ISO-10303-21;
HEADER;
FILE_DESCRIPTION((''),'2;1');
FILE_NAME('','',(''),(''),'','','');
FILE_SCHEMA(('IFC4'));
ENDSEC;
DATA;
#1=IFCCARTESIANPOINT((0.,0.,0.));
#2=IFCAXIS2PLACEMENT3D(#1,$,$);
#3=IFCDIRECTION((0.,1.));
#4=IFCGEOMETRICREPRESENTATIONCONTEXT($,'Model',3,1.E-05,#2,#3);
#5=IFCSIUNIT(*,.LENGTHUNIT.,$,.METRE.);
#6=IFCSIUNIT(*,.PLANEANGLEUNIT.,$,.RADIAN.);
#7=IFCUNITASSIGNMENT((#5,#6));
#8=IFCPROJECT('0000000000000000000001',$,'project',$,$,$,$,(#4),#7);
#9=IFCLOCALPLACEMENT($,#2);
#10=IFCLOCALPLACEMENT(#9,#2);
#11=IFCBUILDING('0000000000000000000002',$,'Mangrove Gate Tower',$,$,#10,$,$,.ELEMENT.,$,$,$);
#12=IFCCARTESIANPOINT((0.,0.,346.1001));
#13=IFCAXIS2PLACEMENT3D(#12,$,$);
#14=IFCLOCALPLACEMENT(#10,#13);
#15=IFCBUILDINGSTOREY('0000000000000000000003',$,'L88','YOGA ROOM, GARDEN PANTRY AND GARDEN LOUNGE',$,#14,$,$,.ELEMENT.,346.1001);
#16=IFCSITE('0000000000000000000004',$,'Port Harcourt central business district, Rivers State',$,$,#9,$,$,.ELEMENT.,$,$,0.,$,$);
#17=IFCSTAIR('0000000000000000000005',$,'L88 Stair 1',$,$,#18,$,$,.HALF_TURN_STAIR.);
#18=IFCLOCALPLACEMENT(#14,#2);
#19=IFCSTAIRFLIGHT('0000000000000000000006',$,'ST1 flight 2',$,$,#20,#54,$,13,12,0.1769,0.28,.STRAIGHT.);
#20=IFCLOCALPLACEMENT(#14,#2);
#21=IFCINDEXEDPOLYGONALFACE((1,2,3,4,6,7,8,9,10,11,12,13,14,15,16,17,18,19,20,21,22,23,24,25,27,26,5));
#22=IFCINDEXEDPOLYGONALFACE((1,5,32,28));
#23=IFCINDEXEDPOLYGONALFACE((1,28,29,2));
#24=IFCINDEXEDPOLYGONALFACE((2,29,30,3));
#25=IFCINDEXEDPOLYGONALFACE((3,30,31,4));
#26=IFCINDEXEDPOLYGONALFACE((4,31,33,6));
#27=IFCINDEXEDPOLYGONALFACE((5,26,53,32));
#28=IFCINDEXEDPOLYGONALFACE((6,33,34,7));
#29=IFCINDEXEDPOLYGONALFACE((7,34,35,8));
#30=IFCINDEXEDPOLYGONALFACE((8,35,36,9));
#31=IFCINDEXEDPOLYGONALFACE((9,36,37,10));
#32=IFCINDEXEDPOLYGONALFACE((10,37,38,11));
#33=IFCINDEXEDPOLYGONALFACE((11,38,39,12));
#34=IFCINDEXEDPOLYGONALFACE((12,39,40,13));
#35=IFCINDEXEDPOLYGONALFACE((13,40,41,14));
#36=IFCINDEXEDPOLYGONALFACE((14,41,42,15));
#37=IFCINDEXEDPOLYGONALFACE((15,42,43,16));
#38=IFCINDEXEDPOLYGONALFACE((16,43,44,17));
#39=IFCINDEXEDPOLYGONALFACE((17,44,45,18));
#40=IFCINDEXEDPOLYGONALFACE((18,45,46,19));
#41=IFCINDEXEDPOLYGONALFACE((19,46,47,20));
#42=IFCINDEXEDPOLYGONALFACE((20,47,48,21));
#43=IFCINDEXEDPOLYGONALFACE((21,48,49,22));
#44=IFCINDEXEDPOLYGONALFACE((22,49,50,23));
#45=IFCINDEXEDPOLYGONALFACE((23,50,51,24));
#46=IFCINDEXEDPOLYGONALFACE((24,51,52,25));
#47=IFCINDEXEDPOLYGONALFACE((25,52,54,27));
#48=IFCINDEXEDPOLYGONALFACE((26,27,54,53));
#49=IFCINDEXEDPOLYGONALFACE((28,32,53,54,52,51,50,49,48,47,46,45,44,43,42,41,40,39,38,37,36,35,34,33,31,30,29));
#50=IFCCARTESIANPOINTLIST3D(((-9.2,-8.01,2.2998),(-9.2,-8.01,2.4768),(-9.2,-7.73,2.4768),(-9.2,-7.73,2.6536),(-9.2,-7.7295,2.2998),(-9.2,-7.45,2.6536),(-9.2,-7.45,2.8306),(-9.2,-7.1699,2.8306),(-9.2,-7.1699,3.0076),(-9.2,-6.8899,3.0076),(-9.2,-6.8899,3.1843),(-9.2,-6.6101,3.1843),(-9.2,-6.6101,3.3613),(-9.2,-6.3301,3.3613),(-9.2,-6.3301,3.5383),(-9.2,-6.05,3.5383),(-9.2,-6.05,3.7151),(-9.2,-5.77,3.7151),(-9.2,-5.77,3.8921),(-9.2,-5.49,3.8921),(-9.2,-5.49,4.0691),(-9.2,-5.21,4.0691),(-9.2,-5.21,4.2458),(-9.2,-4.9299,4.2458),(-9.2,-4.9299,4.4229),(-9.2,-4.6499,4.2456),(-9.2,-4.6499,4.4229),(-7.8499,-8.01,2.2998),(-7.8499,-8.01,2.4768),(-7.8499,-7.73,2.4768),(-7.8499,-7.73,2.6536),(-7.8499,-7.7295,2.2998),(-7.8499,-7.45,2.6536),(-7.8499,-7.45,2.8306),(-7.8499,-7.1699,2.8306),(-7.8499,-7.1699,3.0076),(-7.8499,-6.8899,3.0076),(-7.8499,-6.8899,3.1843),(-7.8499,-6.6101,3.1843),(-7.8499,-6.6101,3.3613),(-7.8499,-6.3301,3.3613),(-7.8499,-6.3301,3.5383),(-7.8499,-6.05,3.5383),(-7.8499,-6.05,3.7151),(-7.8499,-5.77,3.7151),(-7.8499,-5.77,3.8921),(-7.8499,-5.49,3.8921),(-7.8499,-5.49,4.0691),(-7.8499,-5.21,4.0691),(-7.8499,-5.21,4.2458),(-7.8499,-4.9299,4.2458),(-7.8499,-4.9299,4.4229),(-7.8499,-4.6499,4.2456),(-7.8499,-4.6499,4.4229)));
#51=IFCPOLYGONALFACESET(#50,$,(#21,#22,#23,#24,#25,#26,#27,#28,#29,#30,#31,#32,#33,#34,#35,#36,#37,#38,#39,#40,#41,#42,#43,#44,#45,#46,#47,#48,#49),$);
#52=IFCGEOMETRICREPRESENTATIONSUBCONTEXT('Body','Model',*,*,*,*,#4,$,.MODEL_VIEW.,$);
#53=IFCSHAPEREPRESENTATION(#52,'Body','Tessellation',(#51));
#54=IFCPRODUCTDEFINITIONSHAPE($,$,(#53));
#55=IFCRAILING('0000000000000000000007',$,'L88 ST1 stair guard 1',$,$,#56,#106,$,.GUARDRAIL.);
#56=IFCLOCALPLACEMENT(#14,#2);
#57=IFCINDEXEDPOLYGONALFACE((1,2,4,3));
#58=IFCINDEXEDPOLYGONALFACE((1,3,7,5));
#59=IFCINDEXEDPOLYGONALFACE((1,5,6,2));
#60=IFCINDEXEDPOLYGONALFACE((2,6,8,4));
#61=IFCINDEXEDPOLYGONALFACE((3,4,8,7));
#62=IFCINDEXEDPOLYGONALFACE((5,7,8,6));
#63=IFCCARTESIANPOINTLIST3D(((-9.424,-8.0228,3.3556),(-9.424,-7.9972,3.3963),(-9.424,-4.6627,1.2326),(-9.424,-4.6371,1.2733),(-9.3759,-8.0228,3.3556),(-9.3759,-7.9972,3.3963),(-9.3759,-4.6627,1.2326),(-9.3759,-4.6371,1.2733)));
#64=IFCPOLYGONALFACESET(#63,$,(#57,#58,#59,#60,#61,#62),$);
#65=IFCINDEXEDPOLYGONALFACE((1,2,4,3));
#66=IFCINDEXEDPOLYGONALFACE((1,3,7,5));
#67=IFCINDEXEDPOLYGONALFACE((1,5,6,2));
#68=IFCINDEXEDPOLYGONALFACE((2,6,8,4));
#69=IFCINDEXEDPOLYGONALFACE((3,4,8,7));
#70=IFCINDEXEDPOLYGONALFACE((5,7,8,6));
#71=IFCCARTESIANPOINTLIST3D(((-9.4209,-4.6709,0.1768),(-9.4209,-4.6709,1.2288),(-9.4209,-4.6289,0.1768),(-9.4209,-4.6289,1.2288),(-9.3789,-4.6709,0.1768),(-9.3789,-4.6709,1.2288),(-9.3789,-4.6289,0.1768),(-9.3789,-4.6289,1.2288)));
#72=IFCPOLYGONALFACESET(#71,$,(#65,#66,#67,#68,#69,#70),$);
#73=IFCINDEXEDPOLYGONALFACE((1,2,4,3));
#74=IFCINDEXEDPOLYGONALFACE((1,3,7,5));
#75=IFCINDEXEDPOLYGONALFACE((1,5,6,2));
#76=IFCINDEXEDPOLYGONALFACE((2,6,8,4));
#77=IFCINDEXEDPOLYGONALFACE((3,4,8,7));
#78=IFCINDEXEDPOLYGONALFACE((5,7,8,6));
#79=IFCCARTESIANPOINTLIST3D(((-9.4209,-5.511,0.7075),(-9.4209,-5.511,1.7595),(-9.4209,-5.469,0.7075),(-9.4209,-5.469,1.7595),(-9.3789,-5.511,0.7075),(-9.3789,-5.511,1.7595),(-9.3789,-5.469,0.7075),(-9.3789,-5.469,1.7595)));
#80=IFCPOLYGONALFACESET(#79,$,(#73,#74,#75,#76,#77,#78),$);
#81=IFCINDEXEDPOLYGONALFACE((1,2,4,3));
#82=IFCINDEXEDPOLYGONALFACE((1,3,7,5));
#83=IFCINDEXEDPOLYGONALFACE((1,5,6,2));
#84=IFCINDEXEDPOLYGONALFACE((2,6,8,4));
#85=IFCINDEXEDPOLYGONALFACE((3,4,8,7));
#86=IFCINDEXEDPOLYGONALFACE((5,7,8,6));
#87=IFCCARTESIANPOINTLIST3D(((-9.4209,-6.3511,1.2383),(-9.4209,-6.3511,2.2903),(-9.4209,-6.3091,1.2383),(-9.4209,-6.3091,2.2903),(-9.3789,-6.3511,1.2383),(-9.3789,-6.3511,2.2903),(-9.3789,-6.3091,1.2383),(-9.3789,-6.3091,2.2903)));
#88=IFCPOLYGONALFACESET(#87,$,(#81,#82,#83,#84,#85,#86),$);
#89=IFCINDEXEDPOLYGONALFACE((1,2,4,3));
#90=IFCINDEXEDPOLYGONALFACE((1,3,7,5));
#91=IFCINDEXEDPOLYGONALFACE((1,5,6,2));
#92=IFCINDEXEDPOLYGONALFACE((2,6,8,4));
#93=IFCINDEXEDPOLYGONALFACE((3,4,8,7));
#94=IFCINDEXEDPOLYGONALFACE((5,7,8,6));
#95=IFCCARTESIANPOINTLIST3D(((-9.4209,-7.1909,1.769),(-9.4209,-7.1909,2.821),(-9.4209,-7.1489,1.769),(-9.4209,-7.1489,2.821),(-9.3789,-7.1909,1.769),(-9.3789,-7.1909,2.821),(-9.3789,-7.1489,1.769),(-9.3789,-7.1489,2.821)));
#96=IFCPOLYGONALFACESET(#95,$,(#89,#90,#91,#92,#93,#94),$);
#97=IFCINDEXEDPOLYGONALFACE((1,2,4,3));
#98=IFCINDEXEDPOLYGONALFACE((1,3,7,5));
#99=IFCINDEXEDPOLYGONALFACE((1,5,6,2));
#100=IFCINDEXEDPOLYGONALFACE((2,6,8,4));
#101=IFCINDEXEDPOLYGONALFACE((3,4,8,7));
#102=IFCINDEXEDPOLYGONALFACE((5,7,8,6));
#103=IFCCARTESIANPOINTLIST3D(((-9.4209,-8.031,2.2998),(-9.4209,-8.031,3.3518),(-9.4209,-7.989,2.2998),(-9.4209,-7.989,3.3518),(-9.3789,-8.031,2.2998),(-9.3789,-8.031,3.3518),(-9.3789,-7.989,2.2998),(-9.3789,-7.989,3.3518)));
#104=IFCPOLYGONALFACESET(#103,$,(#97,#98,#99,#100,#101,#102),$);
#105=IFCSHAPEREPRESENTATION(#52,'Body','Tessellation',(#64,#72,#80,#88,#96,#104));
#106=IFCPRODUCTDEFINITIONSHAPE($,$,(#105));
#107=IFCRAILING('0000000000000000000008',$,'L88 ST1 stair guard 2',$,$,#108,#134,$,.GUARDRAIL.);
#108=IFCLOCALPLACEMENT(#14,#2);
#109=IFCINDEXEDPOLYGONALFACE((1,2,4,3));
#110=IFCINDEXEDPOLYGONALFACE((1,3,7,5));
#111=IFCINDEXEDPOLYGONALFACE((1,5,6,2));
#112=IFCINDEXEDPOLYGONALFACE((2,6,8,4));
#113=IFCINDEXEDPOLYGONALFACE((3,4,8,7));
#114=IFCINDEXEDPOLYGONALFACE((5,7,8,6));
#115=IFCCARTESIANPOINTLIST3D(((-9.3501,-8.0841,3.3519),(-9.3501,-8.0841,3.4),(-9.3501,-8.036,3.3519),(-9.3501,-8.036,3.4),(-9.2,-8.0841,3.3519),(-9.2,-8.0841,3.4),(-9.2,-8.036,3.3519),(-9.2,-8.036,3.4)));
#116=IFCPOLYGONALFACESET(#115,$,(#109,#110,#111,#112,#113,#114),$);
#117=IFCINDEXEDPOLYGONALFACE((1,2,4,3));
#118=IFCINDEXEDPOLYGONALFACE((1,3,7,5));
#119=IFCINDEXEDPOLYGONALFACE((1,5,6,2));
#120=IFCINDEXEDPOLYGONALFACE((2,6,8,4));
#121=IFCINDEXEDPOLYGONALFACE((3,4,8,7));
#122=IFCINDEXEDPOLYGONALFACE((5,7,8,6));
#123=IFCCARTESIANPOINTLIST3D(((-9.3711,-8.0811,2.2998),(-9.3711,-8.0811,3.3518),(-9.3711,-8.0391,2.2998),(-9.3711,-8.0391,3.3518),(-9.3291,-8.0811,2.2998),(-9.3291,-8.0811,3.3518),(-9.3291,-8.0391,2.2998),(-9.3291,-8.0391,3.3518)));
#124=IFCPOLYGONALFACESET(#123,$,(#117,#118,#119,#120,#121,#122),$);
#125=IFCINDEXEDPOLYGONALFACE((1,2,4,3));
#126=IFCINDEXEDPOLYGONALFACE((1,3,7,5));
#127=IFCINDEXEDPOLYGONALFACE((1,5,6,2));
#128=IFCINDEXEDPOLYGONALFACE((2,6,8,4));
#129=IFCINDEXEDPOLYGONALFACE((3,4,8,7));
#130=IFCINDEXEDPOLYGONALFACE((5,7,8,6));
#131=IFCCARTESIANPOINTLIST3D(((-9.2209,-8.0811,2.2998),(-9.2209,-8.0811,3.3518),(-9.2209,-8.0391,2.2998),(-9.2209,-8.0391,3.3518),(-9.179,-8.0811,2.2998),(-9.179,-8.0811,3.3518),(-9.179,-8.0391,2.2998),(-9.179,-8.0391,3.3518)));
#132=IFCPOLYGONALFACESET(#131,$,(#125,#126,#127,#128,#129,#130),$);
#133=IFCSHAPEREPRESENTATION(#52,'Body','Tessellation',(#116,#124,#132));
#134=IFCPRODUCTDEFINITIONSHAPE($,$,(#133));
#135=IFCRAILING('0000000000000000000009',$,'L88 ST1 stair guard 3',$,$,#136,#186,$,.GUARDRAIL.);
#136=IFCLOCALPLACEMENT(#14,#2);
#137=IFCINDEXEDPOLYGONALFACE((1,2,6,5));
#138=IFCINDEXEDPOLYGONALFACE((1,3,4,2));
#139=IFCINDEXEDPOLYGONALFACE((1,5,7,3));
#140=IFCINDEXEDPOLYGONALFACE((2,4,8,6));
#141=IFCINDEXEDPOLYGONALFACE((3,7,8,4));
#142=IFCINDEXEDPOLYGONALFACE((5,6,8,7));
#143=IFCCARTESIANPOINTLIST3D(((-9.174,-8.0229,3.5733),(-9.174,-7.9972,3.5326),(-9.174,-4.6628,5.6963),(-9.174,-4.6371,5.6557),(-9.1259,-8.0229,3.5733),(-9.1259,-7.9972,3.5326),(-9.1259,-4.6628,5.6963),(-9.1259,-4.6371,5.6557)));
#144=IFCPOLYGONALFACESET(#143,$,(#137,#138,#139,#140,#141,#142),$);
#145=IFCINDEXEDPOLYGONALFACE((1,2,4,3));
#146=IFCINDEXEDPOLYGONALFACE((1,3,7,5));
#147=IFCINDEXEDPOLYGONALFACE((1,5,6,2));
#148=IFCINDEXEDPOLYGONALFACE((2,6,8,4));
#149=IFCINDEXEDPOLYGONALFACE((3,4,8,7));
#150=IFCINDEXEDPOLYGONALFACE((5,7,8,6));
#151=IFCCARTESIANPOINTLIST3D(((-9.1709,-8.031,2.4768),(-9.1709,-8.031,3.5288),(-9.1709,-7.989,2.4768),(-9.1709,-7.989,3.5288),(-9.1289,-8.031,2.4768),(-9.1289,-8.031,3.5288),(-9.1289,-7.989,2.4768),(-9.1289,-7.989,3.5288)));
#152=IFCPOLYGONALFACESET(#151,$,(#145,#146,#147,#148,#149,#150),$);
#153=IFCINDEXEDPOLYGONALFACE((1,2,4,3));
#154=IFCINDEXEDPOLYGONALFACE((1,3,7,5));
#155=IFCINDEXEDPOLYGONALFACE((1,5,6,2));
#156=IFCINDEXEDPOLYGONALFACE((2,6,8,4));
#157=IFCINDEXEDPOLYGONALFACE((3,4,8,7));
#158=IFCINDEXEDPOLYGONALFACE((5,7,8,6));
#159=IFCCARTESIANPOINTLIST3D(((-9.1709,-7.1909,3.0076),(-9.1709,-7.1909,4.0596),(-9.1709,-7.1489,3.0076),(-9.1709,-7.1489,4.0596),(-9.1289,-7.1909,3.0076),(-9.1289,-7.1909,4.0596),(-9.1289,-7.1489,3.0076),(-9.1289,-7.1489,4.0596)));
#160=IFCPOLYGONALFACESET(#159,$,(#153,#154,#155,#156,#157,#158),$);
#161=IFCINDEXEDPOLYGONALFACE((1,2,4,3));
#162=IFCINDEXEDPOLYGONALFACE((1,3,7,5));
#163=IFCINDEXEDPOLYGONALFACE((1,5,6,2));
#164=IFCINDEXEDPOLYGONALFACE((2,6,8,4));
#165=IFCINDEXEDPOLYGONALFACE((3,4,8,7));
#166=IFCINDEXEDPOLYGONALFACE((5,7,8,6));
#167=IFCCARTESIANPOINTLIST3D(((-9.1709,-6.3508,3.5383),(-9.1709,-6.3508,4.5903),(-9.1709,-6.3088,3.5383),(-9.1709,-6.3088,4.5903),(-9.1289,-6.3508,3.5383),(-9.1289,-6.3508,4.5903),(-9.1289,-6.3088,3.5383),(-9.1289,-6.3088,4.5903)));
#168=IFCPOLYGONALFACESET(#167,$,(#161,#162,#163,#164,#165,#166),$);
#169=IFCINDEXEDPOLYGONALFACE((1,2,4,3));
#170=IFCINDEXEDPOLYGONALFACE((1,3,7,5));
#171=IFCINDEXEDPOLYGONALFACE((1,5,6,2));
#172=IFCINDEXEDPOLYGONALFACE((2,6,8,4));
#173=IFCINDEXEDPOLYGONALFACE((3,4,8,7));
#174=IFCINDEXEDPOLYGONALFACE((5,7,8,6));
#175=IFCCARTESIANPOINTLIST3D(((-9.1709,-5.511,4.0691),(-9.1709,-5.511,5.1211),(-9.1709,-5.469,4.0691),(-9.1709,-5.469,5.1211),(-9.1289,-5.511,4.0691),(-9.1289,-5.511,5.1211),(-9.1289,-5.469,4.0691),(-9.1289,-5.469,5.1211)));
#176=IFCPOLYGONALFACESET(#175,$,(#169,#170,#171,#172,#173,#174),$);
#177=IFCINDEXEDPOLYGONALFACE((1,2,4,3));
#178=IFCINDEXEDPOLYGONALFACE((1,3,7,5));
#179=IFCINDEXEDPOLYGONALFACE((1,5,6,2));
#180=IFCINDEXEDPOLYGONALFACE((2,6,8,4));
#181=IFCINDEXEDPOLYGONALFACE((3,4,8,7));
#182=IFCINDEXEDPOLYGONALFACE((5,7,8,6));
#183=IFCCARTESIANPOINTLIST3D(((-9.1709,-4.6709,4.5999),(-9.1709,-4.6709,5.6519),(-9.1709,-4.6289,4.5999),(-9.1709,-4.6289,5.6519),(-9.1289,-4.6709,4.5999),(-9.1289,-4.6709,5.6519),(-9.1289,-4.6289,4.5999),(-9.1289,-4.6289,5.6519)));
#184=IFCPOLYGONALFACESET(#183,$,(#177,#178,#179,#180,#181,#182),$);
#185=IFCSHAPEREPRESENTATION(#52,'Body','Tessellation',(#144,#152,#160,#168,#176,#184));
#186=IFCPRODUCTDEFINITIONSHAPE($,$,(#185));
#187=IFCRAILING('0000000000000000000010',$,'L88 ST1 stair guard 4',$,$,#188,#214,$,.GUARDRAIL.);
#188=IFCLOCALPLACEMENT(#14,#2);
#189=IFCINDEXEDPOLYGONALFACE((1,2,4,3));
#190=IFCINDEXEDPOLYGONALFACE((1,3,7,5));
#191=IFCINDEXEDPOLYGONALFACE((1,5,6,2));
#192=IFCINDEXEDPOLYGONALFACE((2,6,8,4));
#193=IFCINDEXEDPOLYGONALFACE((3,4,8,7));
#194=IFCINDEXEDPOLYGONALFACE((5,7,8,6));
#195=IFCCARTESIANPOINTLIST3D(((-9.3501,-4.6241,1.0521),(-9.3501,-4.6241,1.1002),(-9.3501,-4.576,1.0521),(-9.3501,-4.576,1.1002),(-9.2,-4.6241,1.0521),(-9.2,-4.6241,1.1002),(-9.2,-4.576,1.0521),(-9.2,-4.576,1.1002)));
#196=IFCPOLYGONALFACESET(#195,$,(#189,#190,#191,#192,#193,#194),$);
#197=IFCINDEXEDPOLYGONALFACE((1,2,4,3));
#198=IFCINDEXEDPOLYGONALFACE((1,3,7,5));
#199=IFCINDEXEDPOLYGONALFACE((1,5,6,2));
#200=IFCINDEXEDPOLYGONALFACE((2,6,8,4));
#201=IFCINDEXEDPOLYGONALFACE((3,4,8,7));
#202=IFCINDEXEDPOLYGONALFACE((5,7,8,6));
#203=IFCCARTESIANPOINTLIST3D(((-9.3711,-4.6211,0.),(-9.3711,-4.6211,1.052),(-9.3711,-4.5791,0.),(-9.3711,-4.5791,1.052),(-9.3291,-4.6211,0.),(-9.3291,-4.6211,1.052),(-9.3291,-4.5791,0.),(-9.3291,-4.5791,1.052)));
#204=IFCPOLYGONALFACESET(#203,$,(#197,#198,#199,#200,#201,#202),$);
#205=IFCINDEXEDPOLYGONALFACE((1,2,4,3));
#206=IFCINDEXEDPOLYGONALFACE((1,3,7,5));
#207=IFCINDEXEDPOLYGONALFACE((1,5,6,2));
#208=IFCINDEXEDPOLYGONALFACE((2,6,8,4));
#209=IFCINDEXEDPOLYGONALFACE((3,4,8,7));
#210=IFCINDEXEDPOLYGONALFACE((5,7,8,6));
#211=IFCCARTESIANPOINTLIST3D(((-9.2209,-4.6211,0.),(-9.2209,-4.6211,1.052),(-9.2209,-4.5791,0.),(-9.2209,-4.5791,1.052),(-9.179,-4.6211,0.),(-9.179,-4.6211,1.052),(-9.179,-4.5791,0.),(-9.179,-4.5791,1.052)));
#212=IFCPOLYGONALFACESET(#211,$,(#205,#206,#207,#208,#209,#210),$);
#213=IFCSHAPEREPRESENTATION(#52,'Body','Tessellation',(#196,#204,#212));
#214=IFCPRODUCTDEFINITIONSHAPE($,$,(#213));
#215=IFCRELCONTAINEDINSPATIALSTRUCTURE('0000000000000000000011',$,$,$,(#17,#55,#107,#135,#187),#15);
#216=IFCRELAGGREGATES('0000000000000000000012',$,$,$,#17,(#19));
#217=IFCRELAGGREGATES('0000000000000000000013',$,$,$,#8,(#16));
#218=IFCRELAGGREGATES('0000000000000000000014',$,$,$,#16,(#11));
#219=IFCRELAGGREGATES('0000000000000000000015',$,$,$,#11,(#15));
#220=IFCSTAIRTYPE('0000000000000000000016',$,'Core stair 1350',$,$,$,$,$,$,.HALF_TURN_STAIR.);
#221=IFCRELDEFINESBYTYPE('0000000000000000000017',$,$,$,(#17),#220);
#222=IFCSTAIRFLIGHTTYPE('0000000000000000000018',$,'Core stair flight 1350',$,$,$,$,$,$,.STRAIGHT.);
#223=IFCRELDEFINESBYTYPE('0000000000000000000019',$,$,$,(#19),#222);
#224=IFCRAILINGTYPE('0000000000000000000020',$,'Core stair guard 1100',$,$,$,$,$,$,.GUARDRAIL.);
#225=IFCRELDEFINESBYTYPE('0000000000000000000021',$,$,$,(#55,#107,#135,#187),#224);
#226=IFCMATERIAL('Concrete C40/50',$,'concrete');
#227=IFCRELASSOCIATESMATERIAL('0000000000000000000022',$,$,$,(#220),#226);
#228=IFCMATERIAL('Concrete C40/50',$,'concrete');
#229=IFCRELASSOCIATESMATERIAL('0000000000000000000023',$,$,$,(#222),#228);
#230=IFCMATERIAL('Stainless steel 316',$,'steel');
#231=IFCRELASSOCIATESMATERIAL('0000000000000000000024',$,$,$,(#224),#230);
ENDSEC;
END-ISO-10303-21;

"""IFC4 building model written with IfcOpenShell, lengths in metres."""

from ifc_helpers import new_model, si_unit, direction, frame, origin, origin_2d, place, context, subcontext, project, spatial, polyline, rectangle, outline, extrude, material, type_object, element, aggregate, save


model = new_model("IFC4")

# Units and contexts
model_context = context("Model", 3, precision=1e-05, world=origin(), true_north=direction((0.0, 1.0)))
body_context = subcontext(model_context, "Body", "Model", "MODEL_VIEW")
ifc_project = project(units=[si_unit("LENGTHUNIT", "METRE"), si_unit("PLANEANGLEUNIT", "RADIAN")], contexts=[model_context])

# Site, building, storey
site_placement = place(None, origin())
site = spatial("IfcSite", under=ifc_project, at=site_placement, Name="Port Harcourt central business district, Rivers State", CompositionType="ELEMENT", RefElevation=0.0)
building_placement = place(site_placement, origin())
building = spatial("IfcBuilding", under=site, at=building_placement, Name="Mangrove Gate Tower", CompositionType="ELEMENT")
storey_placement = place(building_placement, frame((0.0, 0.0, 346.1001)))
storey = spatial("IfcBuildingStorey", under=building, at=storey_placement, Name="L88", Description="YOGA ROOM, GARDEN PANTRY AND GARDEN LOUNGE", CompositionType="ELEMENT", Elevation=346.1001)

# Stair, stair flight
ifc_material_1 = material(Name="Concrete C40/50", Category="concrete")
stair_type = type_object("IfcStairType", Name="Core stair 1350", PredefinedType="HALF_TURN_STAIR", material=ifc_material_1)
stair_placement = place(storey_placement, origin())
stair = element("IfcStair", 1, at=stair_placement, inside=storey, type_object=stair_type, Name="L88 Stair 1", PredefinedType="HALF_TURN_STAIR")
ifc_material_2 = material(Name="Concrete C40/50", Category="concrete")
stair_flight_type = type_object("IfcStairFlightType", Name="Core stair flight 1350", PredefinedType="STRAIGHT", material=ifc_material_2)
stair_flight_1_placement = place(storey_placement, frame((-8.5249, -8.01, 2.2998), z_axis=(0.0, 0.0, 1.0), x_axis=(0.0, 1.0, 0.0)))
stair_flight_1 = element("IfcStairFlight", 2, at=stair_flight_1_placement, type_object=stair_flight_type, Name="ST1 flight 2", NumberOfRisers=13, NumberOfTreads=12, PredefinedType="STRAIGHT", RiserHeight=0.1769, TreadLength=0.28, context=body_context, shape_type="SweptSolid", body=[
    extrude(outline(polyline([(0.0, 0.0), (0.0, 0.177), (0.28, 0.177), (0.28, 0.3538), (0.5601, 0.3538), (0.5601, 0.5308), (0.8401, 0.5308), (0.8401, 0.7078), (1.1201, 0.7078), (1.1201, 0.8845), (1.3999, 0.8845), (1.3999, 1.0615), (1.6799, 1.0615), (1.6799, 1.2385), (1.96, 1.2385), (1.96, 1.4153), (2.24, 1.4153), (2.24, 1.5923), (2.52, 1.5923), (2.52, 1.7693), (2.8, 1.7693), (2.8, 1.946), (3.0801, 1.946), (3.0801, 2.123), (3.3601, 2.123), (3.3601, 2.3), (3.3601, 1.9458), (0.2805, 0.0), (0.0, 0.0)])), frame((0.0, 0.675, 0.0), z_axis=(0.0, -1.0, 0.0), x_axis=(1.0, 0.0, 0.0)), (0.0, 0.0, 1.0), 1.3501),
])
aggregate(stair, [stair_flight_1])

# Railings
ifc_material_3 = material(Name="Stainless steel 316", Category="steel")
railing_type_1 = type_object("IfcRailingType", Name="Core stair guard 1100", PredefinedType="GUARDRAIL", material=ifc_material_3)
railing_1_placement = place(storey_placement, frame((-9.3999, -4.6499, 0.1768)))
element("IfcRailing", 3, at=railing_1_placement, inside=storey, type_object=railing_type_1, Name="L88 ST1 stair guard 1", PredefinedType="GUARDRAIL", context=body_context, shape_type="SweptSolid", body=[
    extrude(rectangle(XDim=0.0481, YDim=0.0481, at=origin_2d()), frame((0.0, 0.0, 1.0762), z_axis=(0.0, -0.84539, 0.53415), x_axis=(1.0, 0.0, 0.0)), (0.0, 0.0, 1.0), 3.9746),
    extrude(rectangle(XDim=0.042, YDim=0.042, at=origin_2d()), origin(), (0.0, 0.0, 1.0), 1.052),
    extrude(rectangle(XDim=0.042, YDim=0.042, at=origin_2d()), frame((0.0, -0.8401, 0.5308)), (0.0, 0.0, 1.0), 1.052),
    extrude(rectangle(XDim=0.042, YDim=0.042, at=origin_2d()), frame((0.0, -1.6802, 1.0615)), (0.0, 0.0, 1.0), 1.052),
    extrude(rectangle(XDim=0.042, YDim=0.042, at=origin_2d()), frame((0.0, -2.52, 1.5923)), (0.0, 0.0, 1.0), 1.052),
    extrude(rectangle(XDim=0.042, YDim=0.042, at=origin_2d()), frame((0.0, -3.3601, 2.123)), (0.0, 0.0, 1.0), 1.052),
])
railing_2_placement = place(storey_placement, frame((-9.3501, -8.0601, 2.2998)))
element("IfcRailing", 4, at=railing_2_placement, inside=storey, type_object=railing_type_1, Name="L88 ST1 stair guard 2", PredefinedType="GUARDRAIL", context=body_context, shape_type="SweptSolid", body=[
    extrude(rectangle(XDim=0.0481, YDim=0.0481, at=origin_2d()), frame((0.0, 0.0, 1.0762), z_axis=(1.0, 0.0, 0.0), x_axis=(0.0, 1.0, 0.0)), (0.0, 0.0, 1.0), 0.1501),
    extrude(rectangle(XDim=0.042, YDim=0.042, at=origin_2d()), origin(), (0.0, 0.0, 1.0), 1.052),
    extrude(rectangle(XDim=0.042, YDim=0.042, at=origin_2d()), frame((0.1501, 0.0, 0.0)), (0.0, 0.0, 1.0), 1.052),
])
railing_3_placement = place(storey_placement, frame((-9.1499, -8.01, 2.4768)))
element("IfcRailing", 5, at=railing_3_placement, inside=storey, type_object=railing_type_1, Name="L88 ST1 stair guard 3", PredefinedType="GUARDRAIL", context=body_context, shape_type="SweptSolid", body=[
    extrude(rectangle(XDim=0.0481, YDim=0.0481, at=origin_2d()), frame((0.0, 0.0, 1.0762), z_axis=(0.0, 0.84539, 0.53415), x_axis=(-1.0, 0.0, 0.0)), (0.0, 0.0, 1.0), 3.9746),
    extrude(rectangle(XDim=0.042, YDim=0.042, at=origin_2d()), origin(), (0.0, 0.0, 1.0), 1.052),
    extrude(rectangle(XDim=0.042, YDim=0.042, at=origin_2d()), frame((0.0, 0.8401, 0.5308)), (0.0, 0.0, 1.0), 1.052),
    extrude(rectangle(XDim=0.042, YDim=0.042, at=origin_2d()), frame((0.0, 1.6802, 1.0615)), (0.0, 0.0, 1.0), 1.052),
    extrude(rectangle(XDim=0.042, YDim=0.042, at=origin_2d()), frame((0.0, 2.52, 1.5923)), (0.0, 0.0, 1.0), 1.052),
    extrude(rectangle(XDim=0.042, YDim=0.042, at=origin_2d()), frame((0.0, 3.3601, 2.123)), (0.0, 0.0, 1.0), 1.052),
])
railing_4_placement = place(storey_placement, frame((-9.3501, -4.6001, 0.0)))
element("IfcRailing", 6, at=railing_4_placement, inside=storey, type_object=railing_type_1, Name="L88 ST1 stair guard 4", PredefinedType="GUARDRAIL", context=body_context, shape_type="SweptSolid", body=[
    extrude(rectangle(XDim=0.0481, YDim=0.0481, at=origin_2d()), frame((0.0, 0.0, 1.0762), z_axis=(1.0, 0.0, 0.0), x_axis=(0.0, 1.0, 0.0)), (0.0, 0.0, 1.0), 0.1501),
    extrude(rectangle(XDim=0.042, YDim=0.042, at=origin_2d()), origin(), (0.0, 0.0, 1.0), 1.052),
    extrude(rectangle(XDim=0.042, YDim=0.042, at=origin_2d()), frame((0.1501, 0.0, 0.0)), (0.0, 0.0, 1.0), 1.052),
])

save(model, "model.ifc")
